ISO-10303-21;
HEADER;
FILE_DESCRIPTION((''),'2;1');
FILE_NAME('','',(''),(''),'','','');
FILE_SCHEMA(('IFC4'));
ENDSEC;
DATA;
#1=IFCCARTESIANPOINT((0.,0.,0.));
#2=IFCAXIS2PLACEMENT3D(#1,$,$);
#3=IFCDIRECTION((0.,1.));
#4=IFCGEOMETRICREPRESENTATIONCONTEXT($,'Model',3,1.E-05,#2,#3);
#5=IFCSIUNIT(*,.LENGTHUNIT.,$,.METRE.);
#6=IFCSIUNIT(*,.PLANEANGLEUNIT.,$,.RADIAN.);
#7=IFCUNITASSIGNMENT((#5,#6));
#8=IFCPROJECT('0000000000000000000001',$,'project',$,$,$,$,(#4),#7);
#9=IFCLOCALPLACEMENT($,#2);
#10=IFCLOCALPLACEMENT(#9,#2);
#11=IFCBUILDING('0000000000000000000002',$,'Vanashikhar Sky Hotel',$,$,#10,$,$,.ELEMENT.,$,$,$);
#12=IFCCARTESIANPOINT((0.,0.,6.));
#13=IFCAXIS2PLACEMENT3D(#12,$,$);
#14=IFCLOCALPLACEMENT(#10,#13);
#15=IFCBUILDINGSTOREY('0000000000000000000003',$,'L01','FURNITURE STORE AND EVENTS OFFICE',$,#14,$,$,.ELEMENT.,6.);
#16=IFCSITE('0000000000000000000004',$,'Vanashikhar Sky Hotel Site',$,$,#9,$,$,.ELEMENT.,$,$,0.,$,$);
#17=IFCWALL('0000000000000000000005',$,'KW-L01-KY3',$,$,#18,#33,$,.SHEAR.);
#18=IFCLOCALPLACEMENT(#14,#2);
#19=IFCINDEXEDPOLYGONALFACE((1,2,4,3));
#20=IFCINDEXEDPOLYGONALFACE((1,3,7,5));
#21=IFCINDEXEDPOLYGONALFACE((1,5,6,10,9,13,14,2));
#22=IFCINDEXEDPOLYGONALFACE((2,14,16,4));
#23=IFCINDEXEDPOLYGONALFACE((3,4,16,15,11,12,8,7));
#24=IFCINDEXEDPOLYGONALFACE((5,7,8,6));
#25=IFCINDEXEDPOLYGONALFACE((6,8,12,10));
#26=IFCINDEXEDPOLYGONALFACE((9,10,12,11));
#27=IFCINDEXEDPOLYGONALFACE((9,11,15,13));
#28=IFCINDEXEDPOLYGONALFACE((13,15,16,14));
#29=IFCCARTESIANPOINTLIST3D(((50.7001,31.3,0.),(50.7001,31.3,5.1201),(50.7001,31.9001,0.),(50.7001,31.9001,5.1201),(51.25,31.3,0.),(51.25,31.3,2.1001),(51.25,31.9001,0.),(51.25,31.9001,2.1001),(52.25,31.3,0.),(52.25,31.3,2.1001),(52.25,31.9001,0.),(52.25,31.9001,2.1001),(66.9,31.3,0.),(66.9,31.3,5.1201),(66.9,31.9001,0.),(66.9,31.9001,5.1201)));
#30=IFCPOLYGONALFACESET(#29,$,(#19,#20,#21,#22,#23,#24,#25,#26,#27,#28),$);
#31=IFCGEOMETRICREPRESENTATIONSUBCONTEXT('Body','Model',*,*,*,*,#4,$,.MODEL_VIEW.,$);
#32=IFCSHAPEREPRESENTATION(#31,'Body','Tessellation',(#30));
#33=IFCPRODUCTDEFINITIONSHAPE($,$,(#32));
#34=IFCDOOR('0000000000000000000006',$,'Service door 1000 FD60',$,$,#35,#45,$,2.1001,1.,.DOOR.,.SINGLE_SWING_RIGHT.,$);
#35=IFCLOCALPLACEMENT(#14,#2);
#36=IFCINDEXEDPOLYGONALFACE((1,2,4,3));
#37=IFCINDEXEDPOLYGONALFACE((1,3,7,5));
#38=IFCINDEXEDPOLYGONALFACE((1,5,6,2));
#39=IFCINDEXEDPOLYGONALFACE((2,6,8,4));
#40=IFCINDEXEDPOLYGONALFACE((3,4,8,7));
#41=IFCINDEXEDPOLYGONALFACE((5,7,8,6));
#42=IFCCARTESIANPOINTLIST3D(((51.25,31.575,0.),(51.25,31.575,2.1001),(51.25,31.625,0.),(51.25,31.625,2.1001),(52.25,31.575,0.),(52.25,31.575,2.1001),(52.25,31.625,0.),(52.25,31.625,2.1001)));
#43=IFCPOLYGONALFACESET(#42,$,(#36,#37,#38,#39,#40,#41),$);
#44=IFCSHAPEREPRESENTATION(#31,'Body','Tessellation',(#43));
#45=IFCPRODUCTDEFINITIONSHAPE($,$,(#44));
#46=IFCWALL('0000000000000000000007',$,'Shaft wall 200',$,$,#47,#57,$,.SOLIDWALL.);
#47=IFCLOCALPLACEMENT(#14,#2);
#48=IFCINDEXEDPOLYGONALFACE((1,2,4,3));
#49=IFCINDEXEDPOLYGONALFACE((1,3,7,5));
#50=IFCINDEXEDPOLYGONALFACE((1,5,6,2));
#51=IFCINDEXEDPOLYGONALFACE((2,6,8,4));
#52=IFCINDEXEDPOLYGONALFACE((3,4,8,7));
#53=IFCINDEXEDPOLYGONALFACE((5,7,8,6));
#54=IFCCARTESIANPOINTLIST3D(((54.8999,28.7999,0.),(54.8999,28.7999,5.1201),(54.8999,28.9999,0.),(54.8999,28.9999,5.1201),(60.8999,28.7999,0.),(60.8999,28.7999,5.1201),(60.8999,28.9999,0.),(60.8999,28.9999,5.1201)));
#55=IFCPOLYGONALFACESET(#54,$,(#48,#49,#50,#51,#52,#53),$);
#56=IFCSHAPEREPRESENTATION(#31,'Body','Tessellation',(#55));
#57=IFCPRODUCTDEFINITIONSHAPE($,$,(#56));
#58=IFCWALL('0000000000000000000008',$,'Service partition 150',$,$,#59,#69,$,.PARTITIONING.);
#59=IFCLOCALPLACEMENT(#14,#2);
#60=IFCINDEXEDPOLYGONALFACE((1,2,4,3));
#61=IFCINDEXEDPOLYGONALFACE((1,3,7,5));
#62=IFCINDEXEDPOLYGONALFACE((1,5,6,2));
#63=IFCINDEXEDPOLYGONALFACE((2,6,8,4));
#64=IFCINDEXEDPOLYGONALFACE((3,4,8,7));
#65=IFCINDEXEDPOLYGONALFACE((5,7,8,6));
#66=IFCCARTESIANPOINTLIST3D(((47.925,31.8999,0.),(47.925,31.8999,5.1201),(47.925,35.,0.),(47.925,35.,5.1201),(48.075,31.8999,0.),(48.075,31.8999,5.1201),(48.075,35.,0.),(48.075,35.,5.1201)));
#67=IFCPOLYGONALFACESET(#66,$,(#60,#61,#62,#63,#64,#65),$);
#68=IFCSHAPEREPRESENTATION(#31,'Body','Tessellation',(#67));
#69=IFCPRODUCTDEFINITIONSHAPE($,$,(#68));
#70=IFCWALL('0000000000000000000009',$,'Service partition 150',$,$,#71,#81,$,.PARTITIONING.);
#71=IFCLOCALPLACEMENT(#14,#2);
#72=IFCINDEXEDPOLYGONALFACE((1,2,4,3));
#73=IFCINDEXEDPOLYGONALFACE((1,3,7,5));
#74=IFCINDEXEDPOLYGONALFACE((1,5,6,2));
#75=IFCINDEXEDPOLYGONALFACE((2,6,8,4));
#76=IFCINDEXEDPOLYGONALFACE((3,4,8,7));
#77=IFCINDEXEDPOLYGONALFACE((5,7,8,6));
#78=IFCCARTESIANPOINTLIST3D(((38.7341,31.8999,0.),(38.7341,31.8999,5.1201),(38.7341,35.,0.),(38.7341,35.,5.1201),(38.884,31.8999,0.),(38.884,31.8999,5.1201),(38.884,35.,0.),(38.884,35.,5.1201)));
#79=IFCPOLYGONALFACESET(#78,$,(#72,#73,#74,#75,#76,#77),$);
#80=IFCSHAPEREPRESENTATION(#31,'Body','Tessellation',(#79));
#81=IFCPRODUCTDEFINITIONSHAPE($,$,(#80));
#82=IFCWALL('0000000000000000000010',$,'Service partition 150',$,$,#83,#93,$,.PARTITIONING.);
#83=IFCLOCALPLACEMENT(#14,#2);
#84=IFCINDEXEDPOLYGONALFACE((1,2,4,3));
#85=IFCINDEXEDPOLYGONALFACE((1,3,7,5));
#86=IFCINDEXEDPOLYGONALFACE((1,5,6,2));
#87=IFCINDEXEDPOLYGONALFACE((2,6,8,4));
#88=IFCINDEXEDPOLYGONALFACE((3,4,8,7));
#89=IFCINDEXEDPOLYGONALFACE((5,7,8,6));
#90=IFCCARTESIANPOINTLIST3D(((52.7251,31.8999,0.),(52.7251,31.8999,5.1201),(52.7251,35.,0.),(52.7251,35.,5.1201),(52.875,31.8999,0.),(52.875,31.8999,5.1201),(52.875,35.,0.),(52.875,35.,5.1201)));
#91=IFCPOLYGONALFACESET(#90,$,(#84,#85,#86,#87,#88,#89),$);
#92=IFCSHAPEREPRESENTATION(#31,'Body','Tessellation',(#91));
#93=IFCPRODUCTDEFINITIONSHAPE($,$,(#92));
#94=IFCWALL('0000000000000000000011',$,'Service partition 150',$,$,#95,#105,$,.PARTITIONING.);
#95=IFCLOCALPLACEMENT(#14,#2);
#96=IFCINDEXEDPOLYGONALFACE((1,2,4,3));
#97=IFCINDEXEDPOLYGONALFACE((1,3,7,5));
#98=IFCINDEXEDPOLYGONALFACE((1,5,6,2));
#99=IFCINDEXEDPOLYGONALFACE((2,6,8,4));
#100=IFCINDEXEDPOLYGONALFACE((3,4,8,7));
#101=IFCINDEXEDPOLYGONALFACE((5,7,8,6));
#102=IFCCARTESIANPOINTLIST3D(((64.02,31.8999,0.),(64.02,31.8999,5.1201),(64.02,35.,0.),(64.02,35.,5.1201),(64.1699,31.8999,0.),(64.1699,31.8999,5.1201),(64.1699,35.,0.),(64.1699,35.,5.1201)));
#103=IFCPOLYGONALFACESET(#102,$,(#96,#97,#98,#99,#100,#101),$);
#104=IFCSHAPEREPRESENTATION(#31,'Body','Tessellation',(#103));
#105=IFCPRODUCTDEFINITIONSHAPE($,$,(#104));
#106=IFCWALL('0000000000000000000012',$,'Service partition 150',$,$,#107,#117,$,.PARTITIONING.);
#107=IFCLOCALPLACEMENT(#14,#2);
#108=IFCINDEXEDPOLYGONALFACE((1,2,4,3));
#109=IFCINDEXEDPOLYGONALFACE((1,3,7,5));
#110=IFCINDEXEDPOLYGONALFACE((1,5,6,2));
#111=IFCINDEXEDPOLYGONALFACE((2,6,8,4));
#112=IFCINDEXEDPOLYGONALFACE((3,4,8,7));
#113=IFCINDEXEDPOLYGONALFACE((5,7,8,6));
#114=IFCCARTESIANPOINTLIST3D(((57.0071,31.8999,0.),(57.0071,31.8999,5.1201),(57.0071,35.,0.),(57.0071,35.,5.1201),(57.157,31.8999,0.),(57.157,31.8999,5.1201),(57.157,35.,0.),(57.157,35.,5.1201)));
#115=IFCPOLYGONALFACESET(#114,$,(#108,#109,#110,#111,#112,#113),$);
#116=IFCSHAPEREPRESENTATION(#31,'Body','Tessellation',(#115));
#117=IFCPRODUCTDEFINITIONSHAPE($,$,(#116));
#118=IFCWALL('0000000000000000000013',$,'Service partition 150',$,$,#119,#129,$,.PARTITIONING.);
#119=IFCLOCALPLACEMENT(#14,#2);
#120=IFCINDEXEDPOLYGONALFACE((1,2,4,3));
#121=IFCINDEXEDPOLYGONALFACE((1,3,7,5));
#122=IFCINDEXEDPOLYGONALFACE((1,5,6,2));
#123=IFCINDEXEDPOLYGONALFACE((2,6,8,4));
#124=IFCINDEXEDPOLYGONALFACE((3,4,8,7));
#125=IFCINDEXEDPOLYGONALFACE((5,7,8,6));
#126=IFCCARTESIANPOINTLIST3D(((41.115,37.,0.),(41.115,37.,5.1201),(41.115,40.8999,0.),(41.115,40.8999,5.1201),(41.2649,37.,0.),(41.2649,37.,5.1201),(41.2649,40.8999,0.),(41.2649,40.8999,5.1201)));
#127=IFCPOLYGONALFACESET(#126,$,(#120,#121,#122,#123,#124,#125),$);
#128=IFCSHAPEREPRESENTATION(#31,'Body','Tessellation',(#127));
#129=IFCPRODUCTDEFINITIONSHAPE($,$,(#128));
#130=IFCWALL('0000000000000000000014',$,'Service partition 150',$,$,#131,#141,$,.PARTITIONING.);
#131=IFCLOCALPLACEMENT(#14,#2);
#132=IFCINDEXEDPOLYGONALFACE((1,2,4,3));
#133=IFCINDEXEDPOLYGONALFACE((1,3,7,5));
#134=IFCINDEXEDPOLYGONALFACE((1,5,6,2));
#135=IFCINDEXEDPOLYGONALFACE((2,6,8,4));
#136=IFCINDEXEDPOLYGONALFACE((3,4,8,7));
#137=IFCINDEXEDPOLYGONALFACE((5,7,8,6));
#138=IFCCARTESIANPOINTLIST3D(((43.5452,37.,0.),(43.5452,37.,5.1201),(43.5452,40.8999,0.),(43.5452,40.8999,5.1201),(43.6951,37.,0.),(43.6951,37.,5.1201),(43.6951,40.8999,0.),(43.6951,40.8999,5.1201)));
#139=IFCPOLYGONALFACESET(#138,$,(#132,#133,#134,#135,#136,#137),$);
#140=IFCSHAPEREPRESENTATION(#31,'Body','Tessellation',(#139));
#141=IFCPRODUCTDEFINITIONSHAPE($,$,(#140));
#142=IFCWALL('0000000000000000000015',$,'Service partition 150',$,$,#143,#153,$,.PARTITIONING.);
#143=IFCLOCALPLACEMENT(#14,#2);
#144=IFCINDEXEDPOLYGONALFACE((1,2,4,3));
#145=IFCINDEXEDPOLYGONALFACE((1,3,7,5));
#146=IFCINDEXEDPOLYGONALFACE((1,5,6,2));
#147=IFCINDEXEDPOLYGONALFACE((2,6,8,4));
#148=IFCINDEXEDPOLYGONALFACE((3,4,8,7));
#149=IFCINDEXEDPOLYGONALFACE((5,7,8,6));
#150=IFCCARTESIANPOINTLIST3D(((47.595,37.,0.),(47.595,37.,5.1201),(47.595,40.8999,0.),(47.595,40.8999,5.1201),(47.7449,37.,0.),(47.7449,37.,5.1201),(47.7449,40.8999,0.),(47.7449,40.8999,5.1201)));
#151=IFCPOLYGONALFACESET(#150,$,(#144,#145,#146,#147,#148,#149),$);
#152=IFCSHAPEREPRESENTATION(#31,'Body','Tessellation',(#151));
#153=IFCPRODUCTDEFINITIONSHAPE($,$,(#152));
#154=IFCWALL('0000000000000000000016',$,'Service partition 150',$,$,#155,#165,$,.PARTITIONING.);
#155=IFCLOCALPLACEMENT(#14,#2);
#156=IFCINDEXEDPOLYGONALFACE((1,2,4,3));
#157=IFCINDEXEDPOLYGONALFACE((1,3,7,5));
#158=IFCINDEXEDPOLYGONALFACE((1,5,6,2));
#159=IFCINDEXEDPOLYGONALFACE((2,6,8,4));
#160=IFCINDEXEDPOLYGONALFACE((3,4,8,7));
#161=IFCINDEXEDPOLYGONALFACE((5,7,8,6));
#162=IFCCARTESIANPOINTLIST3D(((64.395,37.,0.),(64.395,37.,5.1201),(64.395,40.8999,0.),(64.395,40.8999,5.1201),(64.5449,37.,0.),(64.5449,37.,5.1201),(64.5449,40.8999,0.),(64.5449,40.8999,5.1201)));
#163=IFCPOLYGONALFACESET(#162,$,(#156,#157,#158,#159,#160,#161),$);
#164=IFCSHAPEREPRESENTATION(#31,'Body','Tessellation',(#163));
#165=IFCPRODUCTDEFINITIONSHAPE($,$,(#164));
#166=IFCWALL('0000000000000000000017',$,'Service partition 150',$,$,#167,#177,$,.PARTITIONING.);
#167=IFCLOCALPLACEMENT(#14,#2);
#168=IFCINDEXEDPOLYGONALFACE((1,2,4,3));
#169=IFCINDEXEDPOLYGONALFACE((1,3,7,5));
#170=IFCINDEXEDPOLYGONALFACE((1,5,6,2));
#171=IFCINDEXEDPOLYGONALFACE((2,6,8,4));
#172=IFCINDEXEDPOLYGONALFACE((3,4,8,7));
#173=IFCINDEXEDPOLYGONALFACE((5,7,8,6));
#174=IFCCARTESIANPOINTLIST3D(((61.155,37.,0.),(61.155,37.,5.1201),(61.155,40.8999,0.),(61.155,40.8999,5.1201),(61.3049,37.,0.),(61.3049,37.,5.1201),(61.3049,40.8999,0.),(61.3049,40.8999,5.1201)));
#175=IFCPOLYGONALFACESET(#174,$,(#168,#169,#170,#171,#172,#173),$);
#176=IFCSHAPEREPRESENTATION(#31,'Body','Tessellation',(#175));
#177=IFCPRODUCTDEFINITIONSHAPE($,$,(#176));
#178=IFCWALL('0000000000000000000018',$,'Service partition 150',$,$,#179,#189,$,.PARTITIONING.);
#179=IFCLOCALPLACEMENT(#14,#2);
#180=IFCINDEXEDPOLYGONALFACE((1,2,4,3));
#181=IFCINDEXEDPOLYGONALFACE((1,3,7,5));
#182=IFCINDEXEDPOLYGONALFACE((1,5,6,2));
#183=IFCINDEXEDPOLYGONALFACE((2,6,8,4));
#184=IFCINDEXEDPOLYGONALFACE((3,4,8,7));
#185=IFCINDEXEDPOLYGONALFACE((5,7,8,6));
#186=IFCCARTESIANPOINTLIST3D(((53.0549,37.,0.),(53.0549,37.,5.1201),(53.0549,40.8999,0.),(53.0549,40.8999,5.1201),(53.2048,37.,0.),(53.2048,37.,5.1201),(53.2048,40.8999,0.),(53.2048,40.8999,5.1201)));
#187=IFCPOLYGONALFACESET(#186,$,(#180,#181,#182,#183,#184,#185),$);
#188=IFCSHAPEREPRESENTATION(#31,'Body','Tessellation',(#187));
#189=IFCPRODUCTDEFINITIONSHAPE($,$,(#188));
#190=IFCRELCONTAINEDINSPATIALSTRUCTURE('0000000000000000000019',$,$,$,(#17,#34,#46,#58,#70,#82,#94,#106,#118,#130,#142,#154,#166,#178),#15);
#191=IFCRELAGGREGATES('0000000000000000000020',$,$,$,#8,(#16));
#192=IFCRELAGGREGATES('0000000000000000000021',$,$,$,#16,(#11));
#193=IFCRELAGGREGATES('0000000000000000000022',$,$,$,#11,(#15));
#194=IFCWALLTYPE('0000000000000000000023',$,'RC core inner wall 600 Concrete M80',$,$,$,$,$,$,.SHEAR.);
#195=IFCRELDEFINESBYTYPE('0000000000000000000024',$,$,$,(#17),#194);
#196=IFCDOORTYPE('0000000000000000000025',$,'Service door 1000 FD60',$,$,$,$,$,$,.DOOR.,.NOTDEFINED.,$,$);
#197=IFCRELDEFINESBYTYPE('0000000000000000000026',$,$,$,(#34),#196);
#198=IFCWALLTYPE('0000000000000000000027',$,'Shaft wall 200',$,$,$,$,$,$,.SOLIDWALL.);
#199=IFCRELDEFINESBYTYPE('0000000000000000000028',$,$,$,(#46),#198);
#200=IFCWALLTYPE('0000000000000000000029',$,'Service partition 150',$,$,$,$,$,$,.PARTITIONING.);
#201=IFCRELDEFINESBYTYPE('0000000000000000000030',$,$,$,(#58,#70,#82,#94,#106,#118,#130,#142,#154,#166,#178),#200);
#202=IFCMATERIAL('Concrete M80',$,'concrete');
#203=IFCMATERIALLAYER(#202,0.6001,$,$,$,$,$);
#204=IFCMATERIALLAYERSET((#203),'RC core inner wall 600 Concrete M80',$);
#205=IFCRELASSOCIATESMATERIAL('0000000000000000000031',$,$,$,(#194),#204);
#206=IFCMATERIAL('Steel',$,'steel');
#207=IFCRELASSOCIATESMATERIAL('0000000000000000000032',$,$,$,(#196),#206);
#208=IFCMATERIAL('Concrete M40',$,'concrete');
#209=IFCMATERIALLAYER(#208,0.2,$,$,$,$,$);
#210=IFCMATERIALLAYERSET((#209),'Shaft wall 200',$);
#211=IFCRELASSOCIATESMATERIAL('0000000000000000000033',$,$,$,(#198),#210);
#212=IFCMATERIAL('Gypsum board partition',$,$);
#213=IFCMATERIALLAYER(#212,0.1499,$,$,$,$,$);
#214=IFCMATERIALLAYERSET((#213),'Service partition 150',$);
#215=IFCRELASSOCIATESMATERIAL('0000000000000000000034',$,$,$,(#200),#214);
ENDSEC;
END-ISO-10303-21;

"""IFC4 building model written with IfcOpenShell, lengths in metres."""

from ifc_helpers import new_model, si_unit, direction, frame, frame_2d, origin, place, context, subcontext, project, spatial, rectangle, extrude, source, transform, mapped, material, layer, layer_set, type_object, element, fill, save


model = new_model("IFC4")

# Units and contexts
model_context = context("Model", 3, precision=1e-05, world=origin(), true_north=direction((0.0, 1.0)))
body_context = subcontext(model_context, "Body", "Model", "MODEL_VIEW")
ifc_project = project(units=[si_unit("LENGTHUNIT", "METRE"), si_unit("PLANEANGLEUNIT", "RADIAN")], contexts=[model_context])

# Site, building, storey
site_placement = place(None, origin())
site = spatial("IfcSite", under=ifc_project, at=site_placement, Name="Vanashikhar Sky Hotel Site", CompositionType="ELEMENT", RefElevation=0.0)
building_placement = place(site_placement, origin())
building = spatial("IfcBuilding", under=site, at=building_placement, Name="Vanashikhar Sky Hotel", CompositionType="ELEMENT")
storey_placement = place(building_placement, frame((0.0, 0.0, 6.0)))
storey = spatial("IfcBuildingStorey", under=building, at=storey_placement, Name="L01", Description="FURNITURE STORE AND EVENTS OFFICE", CompositionType="ELEMENT", Elevation=6.0)

# Wall, opening, door
ifc_material_1 = material(Name="Concrete M80", Category="concrete")
ifc_layer_1 = layer(ifc_material_1, 0.6001)
ifc_layer_set_1 = layer_set([ifc_layer_1], Name="RC core inner wall 600 Concrete M80")
wall_type_1 = type_object("IfcWallType", Name="RC core inner wall 600 Concrete M80", PredefinedType="SHEAR", material=ifc_layer_set_1)
shared_shape_1 = source(origin(), body_context, "Body", "SweptSolid", [
    extrude(rectangle(XDim=16.2, YDim=0.6001, at=frame_2d((8.1001, 0.0))), origin(), (0.0, 0.0, 1.0), 5.1201),
])
wall_1_placement = place(storey_placement, frame((50.7, 31.6001, 0.0), z_axis=(0.0, 0.0, 1.0), x_axis=(1.0, 0.0, 0.0)))
wall_1 = element("IfcWall", 1, at=wall_1_placement, inside=storey, type_object=wall_type_1, Name="KW-L01-KY3", PredefinedType="SHEAR", context=body_context, shape_type="MappedRepresentation", body=[
    mapped(shared_shape_1, transform((0.0, 0.0, 0.0), scale=1.0)),
])
shared_shape_2 = source(origin(), body_context, "Body", "SweptSolid", [
    extrude(rectangle(XDim=1.0, YDim=2.1001, at=frame_2d((0.5, 1.05))), frame((0.0, 0.3101, 0.0), z_axis=(0.0, -1.0, 0.0), x_axis=(1.0, 0.0, 0.0)), (0.0, 0.0, 1.0), 0.6201),
])
opening_1_placement = place(wall_1_placement, frame((0.55, 0.0, 0.0)))
opening_1 = element("IfcOpeningElement", 2, at=opening_1_placement, cuts=wall_1, PredefinedType="OPENING", context=body_context, shape_type="MappedRepresentation", body=[
    mapped(shared_shape_2, transform((0.0, 0.0, 0.0), scale=1.0)),
])
ifc_material_2 = material(Name="Steel", Category="steel")
door_type_1 = type_object("IfcDoorType", Name="Service door 1000 FD60", OperationType="NOTDEFINED", PredefinedType="DOOR", material=ifc_material_2)
shared_shape_3 = source(origin(), body_context, "Body", "SweptSolid", [
    extrude(rectangle(XDim=1.0, YDim=2.1001, at=frame_2d((0.5, 1.05))), frame((0.0, 0.0249, 0.0), z_axis=(0.0, -1.0, 0.0), x_axis=(1.0, 0.0, 0.0)), (0.0, 0.0, 1.0), 0.05),
])
door_1_placement = place(opening_1_placement, origin())
door_1 = element("IfcDoor", 3, at=door_1_placement, inside=storey, type_object=door_type_1, Name="Service door 1000 FD60", OperationType="SINGLE_SWING_RIGHT", OverallHeight=2.1001, OverallWidth=1.0, PredefinedType="DOOR", context=body_context, shape_type="MappedRepresentation", body=[
    mapped(shared_shape_3, transform((0.0, 0.0, 0.0), scale=1.0)),
])
fill(opening_1, door_1)

# Walls
ifc_material_3 = material(Name="Concrete M40", Category="concrete")
ifc_layer_2 = layer(ifc_material_3, 0.2)
ifc_layer_set_2 = layer_set([ifc_layer_2], Name="Shaft wall 200")
wall_type_2 = type_object("IfcWallType", Name="Shaft wall 200", PredefinedType="SOLIDWALL", material=ifc_layer_set_2)
shared_shape_4 = source(origin(), body_context, "Body", "SweptSolid", [
    extrude(rectangle(XDim=6.0, YDim=0.2, at=frame_2d((3.0, 0.0))), origin(), (0.0, 0.0, 1.0), 5.1201),
])
wall_2_placement = place(storey_placement, frame((60.8999, 28.8999, 0.0), z_axis=(0.0, 0.0, 1.0), x_axis=(-1.0, 0.0, 0.0)))
element("IfcWall", 4, at=wall_2_placement, inside=storey, type_object=wall_type_2, Name="Shaft wall 200", PredefinedType="SOLIDWALL", context=body_context, shape_type="MappedRepresentation", body=[
    mapped(shared_shape_4, transform((0.0, 0.0, 0.0), scale=1.0)),
])
ifc_material_4 = material(Name="Gypsum board partition")
ifc_layer_3 = layer(ifc_material_4, 0.1499)
ifc_layer_set_3 = layer_set([ifc_layer_3], Name="Service partition 150")
wall_type_3 = type_object("IfcWallType", Name="Service partition 150", PredefinedType="PARTITIONING", material=ifc_layer_set_3)
shared_shape_5 = source(origin(), body_context, "Body", "SweptSolid", [
    extrude(rectangle(XDim=3.1001, YDim=0.1499, at=frame_2d((1.55, 0.0))), origin(), (0.0, 0.0, 1.0), 5.1201),
])
for number, where, z_axis, x_axis, name in (
    (5, (48.0, 31.8999, 0.0), (0.0, 0.0, 1.0), (0.0, 1.0, 0.0), "Service partition 150"),
    (6, (38.8091, 31.8999, 0.0), (0.0, 0.0, 1.0), (0.0, 1.0, 0.0), "Service partition 150"),
    (7, (52.8, 31.8999, 0.0), (0.0, 0.0, 1.0), (0.0, 1.0, 0.0), "Service partition 150"),
    (8, (64.095, 31.8999, 0.0), (0.0, 0.0, 1.0), (0.0, 1.0, 0.0), "Service partition 150"),
    (9, (57.082, 31.8999, 0.0), (0.0, 0.0, 1.0), (0.0, 1.0, 0.0), "Service partition 150"),
):
    element("IfcWall", number, at=place(storey_placement, frame(where, z_axis=z_axis, x_axis=x_axis)), inside=storey, type_object=wall_type_3, Name=name, PredefinedType="PARTITIONING", context=body_context, shape_type="MappedRepresentation", body=[
        mapped(shared_shape_5, transform((0.0, 0.0, 0.0), scale=1.0)),
    ])
shared_shape_6 = source(origin(), body_context, "Body", "SweptSolid", [
    extrude(rectangle(XDim=3.8999, YDim=0.1499, at=frame_2d((1.95, 0.0))), origin(), (0.0, 0.0, 1.0), 5.1201),
])
for number, where, z_axis, x_axis, name in (
    (10, (41.1899, 37.0, 0.0), (0.0, 0.0, 1.0), (0.0, 1.0, 0.0), "Service partition 150"),
    (11, (43.6201, 37.0, 0.0), (0.0, 0.0, 1.0), (0.0, 1.0, 0.0), "Service partition 150"),
    (12, (47.6699, 37.0, 0.0), (0.0, 0.0, 1.0), (0.0, 1.0, 0.0), "Service partition 150"),
    (13, (64.47, 37.0, 0.0), (0.0, 0.0, 1.0), (0.0, 1.0, 0.0), "Service partition 150"),
    (14, (61.23, 37.0, 0.0), (0.0, 0.0, 1.0), (0.0, 1.0, 0.0), "Service partition 150"),
    (15, (53.1299, 37.0, 0.0), (0.0, 0.0, 1.0), (0.0, 1.0, 0.0), "Service partition 150"),
):
    element("IfcWall", number, at=place(storey_placement, frame(where, z_axis=z_axis, x_axis=x_axis)), inside=storey, type_object=wall_type_3, Name=name, PredefinedType="PARTITIONING", context=body_context, shape_type="MappedRepresentation", body=[
        mapped(shared_shape_6, transform((0.0, 0.0, 0.0), scale=1.0)),
    ])

save(model, "model.ifc")
